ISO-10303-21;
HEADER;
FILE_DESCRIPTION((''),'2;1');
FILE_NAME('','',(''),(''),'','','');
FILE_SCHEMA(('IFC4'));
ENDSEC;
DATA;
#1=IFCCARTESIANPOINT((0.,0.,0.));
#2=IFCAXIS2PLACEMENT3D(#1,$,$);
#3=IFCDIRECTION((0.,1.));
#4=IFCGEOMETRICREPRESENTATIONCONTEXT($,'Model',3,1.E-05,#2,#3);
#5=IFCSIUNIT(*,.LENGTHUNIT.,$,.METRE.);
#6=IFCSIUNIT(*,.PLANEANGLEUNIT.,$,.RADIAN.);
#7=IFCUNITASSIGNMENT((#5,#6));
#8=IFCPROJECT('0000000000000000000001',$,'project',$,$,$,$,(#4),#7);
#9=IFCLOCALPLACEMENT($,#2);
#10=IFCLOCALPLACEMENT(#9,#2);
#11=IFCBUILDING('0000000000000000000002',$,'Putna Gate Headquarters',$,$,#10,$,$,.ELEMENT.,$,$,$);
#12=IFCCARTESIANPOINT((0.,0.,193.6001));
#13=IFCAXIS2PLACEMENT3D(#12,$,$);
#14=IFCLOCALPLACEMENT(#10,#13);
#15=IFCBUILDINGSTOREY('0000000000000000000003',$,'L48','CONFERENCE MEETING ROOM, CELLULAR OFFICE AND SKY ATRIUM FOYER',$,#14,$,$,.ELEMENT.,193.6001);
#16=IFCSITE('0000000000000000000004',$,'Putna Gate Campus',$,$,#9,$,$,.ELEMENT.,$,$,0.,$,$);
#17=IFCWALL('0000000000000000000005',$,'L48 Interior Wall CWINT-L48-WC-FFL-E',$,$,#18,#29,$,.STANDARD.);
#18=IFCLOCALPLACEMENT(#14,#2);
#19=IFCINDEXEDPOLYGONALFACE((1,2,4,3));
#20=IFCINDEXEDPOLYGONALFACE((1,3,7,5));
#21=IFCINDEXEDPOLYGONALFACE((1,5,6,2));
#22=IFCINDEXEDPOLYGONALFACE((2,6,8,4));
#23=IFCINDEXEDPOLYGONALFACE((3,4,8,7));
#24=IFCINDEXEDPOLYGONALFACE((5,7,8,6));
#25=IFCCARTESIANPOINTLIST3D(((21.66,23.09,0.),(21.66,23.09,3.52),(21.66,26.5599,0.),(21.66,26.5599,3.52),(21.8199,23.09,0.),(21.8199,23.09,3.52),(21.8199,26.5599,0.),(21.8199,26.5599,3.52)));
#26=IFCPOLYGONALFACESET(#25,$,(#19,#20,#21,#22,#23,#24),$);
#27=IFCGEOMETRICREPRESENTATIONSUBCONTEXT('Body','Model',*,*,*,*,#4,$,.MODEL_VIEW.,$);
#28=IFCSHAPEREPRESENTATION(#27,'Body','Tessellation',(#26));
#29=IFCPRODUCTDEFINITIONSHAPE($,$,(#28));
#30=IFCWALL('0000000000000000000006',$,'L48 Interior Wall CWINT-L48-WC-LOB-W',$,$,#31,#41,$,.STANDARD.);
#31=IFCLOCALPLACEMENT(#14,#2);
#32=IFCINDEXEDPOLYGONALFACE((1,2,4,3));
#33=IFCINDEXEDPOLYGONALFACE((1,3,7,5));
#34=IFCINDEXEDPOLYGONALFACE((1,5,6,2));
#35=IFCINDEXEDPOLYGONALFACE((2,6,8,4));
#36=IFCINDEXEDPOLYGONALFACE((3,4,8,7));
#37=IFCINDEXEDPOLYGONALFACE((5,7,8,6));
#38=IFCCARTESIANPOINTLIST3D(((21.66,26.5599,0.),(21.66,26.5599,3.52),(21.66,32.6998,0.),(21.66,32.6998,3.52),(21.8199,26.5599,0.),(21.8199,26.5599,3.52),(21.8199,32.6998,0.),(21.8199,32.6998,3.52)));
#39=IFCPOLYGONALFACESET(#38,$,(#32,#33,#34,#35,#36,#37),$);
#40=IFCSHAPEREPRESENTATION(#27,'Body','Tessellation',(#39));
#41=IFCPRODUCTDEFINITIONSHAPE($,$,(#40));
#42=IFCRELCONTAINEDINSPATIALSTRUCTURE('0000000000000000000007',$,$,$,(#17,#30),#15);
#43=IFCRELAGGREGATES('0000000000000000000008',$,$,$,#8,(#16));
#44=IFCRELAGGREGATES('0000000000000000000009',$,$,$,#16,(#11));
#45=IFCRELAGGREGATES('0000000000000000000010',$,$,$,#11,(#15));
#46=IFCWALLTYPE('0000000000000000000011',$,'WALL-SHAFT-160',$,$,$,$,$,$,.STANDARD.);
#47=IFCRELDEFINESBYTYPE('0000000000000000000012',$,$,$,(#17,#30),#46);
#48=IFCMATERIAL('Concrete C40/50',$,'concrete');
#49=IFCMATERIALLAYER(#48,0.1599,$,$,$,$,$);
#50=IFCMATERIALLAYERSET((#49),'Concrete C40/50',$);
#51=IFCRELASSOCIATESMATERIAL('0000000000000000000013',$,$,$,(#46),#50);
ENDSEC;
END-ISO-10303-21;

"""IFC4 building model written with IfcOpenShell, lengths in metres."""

from ifc_helpers import new_model, si_unit, direction, frame, frame_2d, origin, place, context, subcontext, project, spatial, rectangle, extrude, material, layer, layer_set, type_object, element, save


model = new_model("IFC4")

# Units and contexts
model_context = context("Model", 3, precision=1e-05, world=origin(), true_north=direction((0.0, 1.0)))
body_context = subcontext(model_context, "Body", "Model", "MODEL_VIEW")
ifc_project = project(units=[si_unit("LENGTHUNIT", "METRE"), si_unit("PLANEANGLEUNIT", "RADIAN")], contexts=[model_context])

# Site, building, storey
site_placement = place(None, origin())
site = spatial("IfcSite", under=ifc_project, at=site_placement, Name="Putna Gate Campus", CompositionType="ELEMENT", RefElevation=0.0)
building_placement = place(site_placement, origin())
building = spatial("IfcBuilding", under=site, at=building_placement, Name="Putna Gate Headquarters", CompositionType="ELEMENT")
storey_placement = place(building_placement, frame((0.0, 0.0, 193.6001)))
storey = spatial("IfcBuildingStorey", under=building, at=storey_placement, Name="L48", Description="CONFERENCE MEETING ROOM, CELLULAR OFFICE AND SKY ATRIUM FOYER", CompositionType="ELEMENT", Elevation=193.6001)

# Walls
ifc_material_1 = material(Name="Concrete C40/50", Category="concrete")
ifc_layer_1 = layer(ifc_material_1, 0.1599)
ifc_layer_set_1 = layer_set([ifc_layer_1], Name="Concrete C40/50")
wall_type_1 = type_object("IfcWallType", Name="WALL-SHAFT-160", PredefinedType="STANDARD", material=ifc_layer_set_1)
wall_1_placement = place(storey_placement, frame((21.74, 23.0901, 0.0), z_axis=(0.0, 0.0, 1.0), x_axis=(0.0, 1.0, 0.0)))
element("IfcWall", 1, at=wall_1_placement, inside=storey, type_object=wall_type_1, Name="L48 Interior Wall CWINT-L48-WC-FFL-E", PredefinedType="STANDARD", context=body_context, shape_type="SweptSolid", body=[
    extrude(rectangle(XDim=3.47, YDim=0.1599, at=frame_2d((1.7349, 0.0))), origin(), (0.0, 0.0, 1.0), 3.52),
])
wall_2_placement = place(storey_placement, frame((21.74, 26.5601, 0.0), z_axis=(0.0, 0.0, 1.0), x_axis=(0.0, 1.0, 0.0)))
element("IfcWall", 2, at=wall_2_placement, inside=storey, type_object=wall_type_1, Name="L48 Interior Wall CWINT-L48-WC-LOB-W", PredefinedType="STANDARD", context=body_context, shape_type="SweptSolid", body=[
    extrude(rectangle(XDim=6.1399, YDim=0.1599, at=frame_2d((3.0698, 0.0))), origin(), (0.0, 0.0, 1.0), 3.52),
])

save(model, "model.ifc")
